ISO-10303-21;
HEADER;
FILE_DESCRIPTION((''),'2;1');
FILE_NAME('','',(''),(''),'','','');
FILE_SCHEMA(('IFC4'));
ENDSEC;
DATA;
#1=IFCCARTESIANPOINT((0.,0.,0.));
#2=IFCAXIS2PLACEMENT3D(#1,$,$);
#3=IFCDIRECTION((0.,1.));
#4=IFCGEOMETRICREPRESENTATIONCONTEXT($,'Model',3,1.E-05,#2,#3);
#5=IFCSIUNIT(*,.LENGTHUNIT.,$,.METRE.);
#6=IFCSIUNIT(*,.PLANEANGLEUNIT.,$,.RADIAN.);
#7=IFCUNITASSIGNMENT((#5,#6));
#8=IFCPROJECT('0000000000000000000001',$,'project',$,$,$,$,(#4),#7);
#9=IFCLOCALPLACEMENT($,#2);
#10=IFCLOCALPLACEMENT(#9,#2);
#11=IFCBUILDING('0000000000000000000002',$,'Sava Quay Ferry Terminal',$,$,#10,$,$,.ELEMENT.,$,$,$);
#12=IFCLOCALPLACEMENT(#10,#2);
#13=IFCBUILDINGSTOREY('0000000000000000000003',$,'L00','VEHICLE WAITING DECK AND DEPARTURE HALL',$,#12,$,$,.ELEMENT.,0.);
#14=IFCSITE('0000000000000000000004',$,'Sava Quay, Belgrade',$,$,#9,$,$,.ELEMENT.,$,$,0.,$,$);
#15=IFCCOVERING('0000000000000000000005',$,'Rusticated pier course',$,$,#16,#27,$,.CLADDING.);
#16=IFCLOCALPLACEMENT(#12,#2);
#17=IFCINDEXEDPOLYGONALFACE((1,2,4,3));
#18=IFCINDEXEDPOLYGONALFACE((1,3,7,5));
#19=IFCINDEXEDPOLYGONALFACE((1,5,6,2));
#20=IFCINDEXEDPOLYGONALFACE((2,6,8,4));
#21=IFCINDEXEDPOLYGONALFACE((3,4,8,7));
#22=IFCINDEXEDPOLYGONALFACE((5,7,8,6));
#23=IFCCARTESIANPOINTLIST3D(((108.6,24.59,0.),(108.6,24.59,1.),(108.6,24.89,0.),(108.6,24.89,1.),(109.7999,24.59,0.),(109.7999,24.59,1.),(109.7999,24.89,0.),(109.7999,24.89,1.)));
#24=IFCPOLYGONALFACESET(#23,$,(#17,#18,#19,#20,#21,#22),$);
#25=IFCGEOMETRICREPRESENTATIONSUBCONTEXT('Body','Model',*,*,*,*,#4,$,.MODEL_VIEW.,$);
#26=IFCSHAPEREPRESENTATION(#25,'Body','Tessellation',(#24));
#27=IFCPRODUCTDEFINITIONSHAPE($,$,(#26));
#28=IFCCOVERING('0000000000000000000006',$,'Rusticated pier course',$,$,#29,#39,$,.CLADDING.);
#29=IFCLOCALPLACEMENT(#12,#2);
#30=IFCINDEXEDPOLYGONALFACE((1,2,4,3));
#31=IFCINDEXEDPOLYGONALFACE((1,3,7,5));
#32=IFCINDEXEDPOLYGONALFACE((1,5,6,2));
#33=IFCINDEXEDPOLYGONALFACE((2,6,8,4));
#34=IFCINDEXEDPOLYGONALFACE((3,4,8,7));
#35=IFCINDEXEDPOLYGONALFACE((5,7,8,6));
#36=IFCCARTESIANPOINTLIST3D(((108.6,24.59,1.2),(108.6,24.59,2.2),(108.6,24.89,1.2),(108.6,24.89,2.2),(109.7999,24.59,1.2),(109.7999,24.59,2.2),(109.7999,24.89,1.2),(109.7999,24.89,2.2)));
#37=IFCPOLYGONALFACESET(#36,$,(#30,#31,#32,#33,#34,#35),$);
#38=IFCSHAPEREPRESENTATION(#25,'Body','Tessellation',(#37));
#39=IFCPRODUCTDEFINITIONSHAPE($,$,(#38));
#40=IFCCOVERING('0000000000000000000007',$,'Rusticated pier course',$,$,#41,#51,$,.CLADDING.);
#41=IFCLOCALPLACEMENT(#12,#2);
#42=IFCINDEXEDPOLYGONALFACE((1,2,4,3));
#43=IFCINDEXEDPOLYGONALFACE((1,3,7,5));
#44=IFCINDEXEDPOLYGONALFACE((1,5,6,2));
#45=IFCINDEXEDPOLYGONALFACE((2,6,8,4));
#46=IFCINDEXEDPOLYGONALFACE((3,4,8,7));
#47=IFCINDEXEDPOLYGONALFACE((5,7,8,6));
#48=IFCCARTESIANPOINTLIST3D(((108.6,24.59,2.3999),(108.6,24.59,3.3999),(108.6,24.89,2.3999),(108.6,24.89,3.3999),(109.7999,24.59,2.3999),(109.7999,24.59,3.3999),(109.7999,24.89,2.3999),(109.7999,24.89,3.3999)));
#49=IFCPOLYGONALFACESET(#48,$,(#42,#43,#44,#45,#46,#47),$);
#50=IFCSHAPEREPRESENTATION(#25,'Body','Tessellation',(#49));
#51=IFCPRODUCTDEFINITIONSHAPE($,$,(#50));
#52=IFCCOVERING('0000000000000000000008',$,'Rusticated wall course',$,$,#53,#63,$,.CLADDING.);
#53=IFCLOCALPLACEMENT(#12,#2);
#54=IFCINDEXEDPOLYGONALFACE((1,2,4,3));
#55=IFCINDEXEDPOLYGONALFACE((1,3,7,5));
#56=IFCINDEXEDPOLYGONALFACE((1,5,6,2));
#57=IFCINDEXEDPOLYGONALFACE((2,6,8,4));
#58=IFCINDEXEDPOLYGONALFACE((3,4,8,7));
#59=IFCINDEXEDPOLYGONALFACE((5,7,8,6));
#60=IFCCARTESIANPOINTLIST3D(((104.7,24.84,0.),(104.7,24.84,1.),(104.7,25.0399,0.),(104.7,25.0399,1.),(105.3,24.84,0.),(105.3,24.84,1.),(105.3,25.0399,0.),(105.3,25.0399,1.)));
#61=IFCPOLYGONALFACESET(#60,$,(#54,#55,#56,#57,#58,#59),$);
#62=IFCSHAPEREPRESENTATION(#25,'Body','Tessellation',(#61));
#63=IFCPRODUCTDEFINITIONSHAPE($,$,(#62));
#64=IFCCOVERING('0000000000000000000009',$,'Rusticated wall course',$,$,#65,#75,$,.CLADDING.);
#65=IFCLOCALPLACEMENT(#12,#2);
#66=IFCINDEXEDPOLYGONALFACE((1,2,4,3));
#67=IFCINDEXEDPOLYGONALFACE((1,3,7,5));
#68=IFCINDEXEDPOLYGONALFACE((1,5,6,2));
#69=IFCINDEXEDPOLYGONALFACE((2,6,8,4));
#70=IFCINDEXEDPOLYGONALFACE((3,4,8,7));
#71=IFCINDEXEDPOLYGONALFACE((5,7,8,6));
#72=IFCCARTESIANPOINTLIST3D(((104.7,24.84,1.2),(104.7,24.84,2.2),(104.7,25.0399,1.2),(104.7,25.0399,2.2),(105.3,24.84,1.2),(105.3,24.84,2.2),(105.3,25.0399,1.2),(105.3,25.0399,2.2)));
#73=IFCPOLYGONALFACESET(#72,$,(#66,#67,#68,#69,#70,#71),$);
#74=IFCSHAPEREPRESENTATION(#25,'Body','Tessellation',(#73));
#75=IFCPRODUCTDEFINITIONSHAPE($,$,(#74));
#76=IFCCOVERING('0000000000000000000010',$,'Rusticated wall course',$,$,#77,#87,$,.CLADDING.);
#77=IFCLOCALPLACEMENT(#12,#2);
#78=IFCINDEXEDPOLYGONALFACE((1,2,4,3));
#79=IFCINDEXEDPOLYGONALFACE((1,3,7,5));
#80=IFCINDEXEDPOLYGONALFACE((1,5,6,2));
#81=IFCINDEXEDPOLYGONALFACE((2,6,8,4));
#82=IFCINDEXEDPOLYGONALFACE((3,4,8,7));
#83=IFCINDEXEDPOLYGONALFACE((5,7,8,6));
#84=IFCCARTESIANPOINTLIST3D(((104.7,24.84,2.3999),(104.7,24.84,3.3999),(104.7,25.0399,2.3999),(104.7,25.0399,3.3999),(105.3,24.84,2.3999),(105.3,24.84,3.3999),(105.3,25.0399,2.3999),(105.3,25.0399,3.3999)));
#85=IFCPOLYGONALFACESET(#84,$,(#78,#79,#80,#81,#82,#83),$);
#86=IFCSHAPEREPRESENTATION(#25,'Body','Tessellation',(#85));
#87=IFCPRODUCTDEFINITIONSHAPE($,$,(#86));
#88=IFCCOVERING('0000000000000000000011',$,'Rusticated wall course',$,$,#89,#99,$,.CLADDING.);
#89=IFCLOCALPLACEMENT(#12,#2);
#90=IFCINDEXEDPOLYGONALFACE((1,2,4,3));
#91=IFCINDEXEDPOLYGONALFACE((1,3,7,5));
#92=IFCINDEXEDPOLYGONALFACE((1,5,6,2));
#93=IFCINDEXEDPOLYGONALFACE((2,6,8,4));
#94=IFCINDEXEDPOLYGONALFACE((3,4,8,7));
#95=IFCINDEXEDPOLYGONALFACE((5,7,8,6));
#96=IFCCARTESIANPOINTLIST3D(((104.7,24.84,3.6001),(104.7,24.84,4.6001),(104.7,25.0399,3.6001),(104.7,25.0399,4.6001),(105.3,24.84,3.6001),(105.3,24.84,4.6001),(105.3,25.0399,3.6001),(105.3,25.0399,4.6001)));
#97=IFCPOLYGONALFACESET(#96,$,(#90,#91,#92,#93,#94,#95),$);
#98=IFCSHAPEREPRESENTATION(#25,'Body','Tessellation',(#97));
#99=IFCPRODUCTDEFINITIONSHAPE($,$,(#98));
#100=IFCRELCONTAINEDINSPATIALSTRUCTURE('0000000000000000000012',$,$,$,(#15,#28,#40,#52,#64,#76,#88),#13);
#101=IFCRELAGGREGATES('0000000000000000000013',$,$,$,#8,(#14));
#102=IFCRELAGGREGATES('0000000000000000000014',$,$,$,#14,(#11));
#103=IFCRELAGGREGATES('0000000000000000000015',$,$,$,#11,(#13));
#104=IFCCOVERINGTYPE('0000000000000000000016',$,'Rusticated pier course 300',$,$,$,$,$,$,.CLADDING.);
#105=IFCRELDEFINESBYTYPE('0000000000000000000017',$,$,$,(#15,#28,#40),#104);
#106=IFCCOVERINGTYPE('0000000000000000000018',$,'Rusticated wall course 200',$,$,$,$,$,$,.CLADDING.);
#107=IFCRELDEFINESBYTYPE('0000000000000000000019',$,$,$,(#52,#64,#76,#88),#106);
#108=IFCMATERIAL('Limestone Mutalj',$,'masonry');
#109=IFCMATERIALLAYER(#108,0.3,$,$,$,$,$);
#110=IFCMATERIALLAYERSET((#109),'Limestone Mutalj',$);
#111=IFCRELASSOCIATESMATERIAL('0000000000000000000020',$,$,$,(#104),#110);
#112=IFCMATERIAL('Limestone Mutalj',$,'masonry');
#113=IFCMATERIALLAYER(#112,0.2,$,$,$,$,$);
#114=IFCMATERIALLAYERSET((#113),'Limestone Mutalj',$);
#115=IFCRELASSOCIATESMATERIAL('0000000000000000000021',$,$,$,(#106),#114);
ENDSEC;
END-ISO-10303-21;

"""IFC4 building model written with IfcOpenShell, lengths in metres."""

from ifc_helpers import new_model, si_unit, direction, frame, origin, origin_2d, place, context, subcontext, project, spatial, rectangle, extrude, material, layer, layer_set, type_object, element, save


model = new_model("IFC4")

# Units and contexts
model_context = context("Model", 3, precision=1e-05, world=origin(), true_north=direction((0.0, 1.0)))
body_context = subcontext(model_context, "Body", "Model", "MODEL_VIEW")
ifc_project = project(units=[si_unit("LENGTHUNIT", "METRE"), si_unit("PLANEANGLEUNIT", "RADIAN")], contexts=[model_context])

# Site, building, storey
site_placement = place(None, origin())
site = spatial("IfcSite", under=ifc_project, at=site_placement, Name="Sava Quay, Belgrade", CompositionType="ELEMENT", RefElevation=0.0)
building_placement = place(site_placement, origin())
building = spatial("IfcBuilding", under=site, at=building_placement, Name="Sava Quay Ferry Terminal", CompositionType="ELEMENT")
storey_placement = place(building_placement, origin())
storey = spatial("IfcBuildingStorey", under=building, at=storey_placement, Name="L00", Description="VEHICLE WAITING DECK AND DEPARTURE HALL", CompositionType="ELEMENT", Elevation=0.0)

# Coverings
ifc_material_1 = material(Name="Limestone Mutalj", Category="masonry")
ifc_layer_1 = layer(ifc_material_1, 0.3)
ifc_layer_set_1 = layer_set([ifc_layer_1], Name="Limestone Mutalj")
covering_type_1 = type_object("IfcCoveringType", Name="Rusticated pier course 300", PredefinedType="CLADDING", material=ifc_layer_set_1)
for number, where, z_axis, x_axis, name in (
    (1, (109.2, 24.74, 0.0), (0.0, 0.0, 1.0), (1.0, 0.0, 0.0), "Rusticated pier course"),
    (2, (109.2, 24.74, 1.2), (0.0, 0.0, 1.0), (1.0, 0.0, 0.0), "Rusticated pier course"),
    (3, (109.2, 24.74, 2.3999), (0.0, 0.0, 1.0), (1.0, 0.0, 0.0), "Rusticated pier course"),
):
    element("IfcCovering", number, at=place(storey_placement, frame(where, z_axis=z_axis, x_axis=x_axis)), inside=storey, type_object=covering_type_1, Name=name, PredefinedType="CLADDING", context=body_context, shape_type="SweptSolid", body=[
        extrude(rectangle(XDim=1.2, YDim=0.3, at=origin_2d()), origin(), (0.0, 0.0, 1.0), 1.0),
    ])
ifc_material_2 = material(Name="Limestone Mutalj", Category="masonry")
ifc_layer_2 = layer(ifc_material_2, 0.2)
ifc_layer_set_2 = layer_set([ifc_layer_2], Name="Limestone Mutalj")
covering_type_2 = type_object("IfcCoveringType", Name="Rusticated wall course 200", PredefinedType="CLADDING", material=ifc_layer_set_2)
for number, where, z_axis, x_axis, name in (
    (4, (105.0, 24.9399, 0.0), (0.0, 0.0, 1.0), (1.0, 0.0, 0.0), "Rusticated wall course"),
    (5, (105.0, 24.9399, 1.2), (0.0, 0.0, 1.0), (1.0, 0.0, 0.0), "Rusticated wall course"),
    (6, (105.0, 24.9399, 2.3999), (0.0, 0.0, 1.0), (1.0, 0.0, 0.0), "Rusticated wall course"),
    (7, (105.0, 24.9399, 3.6001), (0.0, 0.0, 1.0), (1.0, 0.0, 0.0), "Rusticated wall course"),
):
    element("IfcCovering", number, at=place(storey_placement, frame(where, z_axis=z_axis, x_axis=x_axis)), inside=storey, type_object=covering_type_2, Name=name, PredefinedType="CLADDING", context=body_context, shape_type="SweptSolid", body=[
        extrude(rectangle(XDim=0.6001, YDim=0.2, at=origin_2d()), origin(), (0.0, 0.0, 1.0), 1.0),
    ])

save(model, "model.ifc")
